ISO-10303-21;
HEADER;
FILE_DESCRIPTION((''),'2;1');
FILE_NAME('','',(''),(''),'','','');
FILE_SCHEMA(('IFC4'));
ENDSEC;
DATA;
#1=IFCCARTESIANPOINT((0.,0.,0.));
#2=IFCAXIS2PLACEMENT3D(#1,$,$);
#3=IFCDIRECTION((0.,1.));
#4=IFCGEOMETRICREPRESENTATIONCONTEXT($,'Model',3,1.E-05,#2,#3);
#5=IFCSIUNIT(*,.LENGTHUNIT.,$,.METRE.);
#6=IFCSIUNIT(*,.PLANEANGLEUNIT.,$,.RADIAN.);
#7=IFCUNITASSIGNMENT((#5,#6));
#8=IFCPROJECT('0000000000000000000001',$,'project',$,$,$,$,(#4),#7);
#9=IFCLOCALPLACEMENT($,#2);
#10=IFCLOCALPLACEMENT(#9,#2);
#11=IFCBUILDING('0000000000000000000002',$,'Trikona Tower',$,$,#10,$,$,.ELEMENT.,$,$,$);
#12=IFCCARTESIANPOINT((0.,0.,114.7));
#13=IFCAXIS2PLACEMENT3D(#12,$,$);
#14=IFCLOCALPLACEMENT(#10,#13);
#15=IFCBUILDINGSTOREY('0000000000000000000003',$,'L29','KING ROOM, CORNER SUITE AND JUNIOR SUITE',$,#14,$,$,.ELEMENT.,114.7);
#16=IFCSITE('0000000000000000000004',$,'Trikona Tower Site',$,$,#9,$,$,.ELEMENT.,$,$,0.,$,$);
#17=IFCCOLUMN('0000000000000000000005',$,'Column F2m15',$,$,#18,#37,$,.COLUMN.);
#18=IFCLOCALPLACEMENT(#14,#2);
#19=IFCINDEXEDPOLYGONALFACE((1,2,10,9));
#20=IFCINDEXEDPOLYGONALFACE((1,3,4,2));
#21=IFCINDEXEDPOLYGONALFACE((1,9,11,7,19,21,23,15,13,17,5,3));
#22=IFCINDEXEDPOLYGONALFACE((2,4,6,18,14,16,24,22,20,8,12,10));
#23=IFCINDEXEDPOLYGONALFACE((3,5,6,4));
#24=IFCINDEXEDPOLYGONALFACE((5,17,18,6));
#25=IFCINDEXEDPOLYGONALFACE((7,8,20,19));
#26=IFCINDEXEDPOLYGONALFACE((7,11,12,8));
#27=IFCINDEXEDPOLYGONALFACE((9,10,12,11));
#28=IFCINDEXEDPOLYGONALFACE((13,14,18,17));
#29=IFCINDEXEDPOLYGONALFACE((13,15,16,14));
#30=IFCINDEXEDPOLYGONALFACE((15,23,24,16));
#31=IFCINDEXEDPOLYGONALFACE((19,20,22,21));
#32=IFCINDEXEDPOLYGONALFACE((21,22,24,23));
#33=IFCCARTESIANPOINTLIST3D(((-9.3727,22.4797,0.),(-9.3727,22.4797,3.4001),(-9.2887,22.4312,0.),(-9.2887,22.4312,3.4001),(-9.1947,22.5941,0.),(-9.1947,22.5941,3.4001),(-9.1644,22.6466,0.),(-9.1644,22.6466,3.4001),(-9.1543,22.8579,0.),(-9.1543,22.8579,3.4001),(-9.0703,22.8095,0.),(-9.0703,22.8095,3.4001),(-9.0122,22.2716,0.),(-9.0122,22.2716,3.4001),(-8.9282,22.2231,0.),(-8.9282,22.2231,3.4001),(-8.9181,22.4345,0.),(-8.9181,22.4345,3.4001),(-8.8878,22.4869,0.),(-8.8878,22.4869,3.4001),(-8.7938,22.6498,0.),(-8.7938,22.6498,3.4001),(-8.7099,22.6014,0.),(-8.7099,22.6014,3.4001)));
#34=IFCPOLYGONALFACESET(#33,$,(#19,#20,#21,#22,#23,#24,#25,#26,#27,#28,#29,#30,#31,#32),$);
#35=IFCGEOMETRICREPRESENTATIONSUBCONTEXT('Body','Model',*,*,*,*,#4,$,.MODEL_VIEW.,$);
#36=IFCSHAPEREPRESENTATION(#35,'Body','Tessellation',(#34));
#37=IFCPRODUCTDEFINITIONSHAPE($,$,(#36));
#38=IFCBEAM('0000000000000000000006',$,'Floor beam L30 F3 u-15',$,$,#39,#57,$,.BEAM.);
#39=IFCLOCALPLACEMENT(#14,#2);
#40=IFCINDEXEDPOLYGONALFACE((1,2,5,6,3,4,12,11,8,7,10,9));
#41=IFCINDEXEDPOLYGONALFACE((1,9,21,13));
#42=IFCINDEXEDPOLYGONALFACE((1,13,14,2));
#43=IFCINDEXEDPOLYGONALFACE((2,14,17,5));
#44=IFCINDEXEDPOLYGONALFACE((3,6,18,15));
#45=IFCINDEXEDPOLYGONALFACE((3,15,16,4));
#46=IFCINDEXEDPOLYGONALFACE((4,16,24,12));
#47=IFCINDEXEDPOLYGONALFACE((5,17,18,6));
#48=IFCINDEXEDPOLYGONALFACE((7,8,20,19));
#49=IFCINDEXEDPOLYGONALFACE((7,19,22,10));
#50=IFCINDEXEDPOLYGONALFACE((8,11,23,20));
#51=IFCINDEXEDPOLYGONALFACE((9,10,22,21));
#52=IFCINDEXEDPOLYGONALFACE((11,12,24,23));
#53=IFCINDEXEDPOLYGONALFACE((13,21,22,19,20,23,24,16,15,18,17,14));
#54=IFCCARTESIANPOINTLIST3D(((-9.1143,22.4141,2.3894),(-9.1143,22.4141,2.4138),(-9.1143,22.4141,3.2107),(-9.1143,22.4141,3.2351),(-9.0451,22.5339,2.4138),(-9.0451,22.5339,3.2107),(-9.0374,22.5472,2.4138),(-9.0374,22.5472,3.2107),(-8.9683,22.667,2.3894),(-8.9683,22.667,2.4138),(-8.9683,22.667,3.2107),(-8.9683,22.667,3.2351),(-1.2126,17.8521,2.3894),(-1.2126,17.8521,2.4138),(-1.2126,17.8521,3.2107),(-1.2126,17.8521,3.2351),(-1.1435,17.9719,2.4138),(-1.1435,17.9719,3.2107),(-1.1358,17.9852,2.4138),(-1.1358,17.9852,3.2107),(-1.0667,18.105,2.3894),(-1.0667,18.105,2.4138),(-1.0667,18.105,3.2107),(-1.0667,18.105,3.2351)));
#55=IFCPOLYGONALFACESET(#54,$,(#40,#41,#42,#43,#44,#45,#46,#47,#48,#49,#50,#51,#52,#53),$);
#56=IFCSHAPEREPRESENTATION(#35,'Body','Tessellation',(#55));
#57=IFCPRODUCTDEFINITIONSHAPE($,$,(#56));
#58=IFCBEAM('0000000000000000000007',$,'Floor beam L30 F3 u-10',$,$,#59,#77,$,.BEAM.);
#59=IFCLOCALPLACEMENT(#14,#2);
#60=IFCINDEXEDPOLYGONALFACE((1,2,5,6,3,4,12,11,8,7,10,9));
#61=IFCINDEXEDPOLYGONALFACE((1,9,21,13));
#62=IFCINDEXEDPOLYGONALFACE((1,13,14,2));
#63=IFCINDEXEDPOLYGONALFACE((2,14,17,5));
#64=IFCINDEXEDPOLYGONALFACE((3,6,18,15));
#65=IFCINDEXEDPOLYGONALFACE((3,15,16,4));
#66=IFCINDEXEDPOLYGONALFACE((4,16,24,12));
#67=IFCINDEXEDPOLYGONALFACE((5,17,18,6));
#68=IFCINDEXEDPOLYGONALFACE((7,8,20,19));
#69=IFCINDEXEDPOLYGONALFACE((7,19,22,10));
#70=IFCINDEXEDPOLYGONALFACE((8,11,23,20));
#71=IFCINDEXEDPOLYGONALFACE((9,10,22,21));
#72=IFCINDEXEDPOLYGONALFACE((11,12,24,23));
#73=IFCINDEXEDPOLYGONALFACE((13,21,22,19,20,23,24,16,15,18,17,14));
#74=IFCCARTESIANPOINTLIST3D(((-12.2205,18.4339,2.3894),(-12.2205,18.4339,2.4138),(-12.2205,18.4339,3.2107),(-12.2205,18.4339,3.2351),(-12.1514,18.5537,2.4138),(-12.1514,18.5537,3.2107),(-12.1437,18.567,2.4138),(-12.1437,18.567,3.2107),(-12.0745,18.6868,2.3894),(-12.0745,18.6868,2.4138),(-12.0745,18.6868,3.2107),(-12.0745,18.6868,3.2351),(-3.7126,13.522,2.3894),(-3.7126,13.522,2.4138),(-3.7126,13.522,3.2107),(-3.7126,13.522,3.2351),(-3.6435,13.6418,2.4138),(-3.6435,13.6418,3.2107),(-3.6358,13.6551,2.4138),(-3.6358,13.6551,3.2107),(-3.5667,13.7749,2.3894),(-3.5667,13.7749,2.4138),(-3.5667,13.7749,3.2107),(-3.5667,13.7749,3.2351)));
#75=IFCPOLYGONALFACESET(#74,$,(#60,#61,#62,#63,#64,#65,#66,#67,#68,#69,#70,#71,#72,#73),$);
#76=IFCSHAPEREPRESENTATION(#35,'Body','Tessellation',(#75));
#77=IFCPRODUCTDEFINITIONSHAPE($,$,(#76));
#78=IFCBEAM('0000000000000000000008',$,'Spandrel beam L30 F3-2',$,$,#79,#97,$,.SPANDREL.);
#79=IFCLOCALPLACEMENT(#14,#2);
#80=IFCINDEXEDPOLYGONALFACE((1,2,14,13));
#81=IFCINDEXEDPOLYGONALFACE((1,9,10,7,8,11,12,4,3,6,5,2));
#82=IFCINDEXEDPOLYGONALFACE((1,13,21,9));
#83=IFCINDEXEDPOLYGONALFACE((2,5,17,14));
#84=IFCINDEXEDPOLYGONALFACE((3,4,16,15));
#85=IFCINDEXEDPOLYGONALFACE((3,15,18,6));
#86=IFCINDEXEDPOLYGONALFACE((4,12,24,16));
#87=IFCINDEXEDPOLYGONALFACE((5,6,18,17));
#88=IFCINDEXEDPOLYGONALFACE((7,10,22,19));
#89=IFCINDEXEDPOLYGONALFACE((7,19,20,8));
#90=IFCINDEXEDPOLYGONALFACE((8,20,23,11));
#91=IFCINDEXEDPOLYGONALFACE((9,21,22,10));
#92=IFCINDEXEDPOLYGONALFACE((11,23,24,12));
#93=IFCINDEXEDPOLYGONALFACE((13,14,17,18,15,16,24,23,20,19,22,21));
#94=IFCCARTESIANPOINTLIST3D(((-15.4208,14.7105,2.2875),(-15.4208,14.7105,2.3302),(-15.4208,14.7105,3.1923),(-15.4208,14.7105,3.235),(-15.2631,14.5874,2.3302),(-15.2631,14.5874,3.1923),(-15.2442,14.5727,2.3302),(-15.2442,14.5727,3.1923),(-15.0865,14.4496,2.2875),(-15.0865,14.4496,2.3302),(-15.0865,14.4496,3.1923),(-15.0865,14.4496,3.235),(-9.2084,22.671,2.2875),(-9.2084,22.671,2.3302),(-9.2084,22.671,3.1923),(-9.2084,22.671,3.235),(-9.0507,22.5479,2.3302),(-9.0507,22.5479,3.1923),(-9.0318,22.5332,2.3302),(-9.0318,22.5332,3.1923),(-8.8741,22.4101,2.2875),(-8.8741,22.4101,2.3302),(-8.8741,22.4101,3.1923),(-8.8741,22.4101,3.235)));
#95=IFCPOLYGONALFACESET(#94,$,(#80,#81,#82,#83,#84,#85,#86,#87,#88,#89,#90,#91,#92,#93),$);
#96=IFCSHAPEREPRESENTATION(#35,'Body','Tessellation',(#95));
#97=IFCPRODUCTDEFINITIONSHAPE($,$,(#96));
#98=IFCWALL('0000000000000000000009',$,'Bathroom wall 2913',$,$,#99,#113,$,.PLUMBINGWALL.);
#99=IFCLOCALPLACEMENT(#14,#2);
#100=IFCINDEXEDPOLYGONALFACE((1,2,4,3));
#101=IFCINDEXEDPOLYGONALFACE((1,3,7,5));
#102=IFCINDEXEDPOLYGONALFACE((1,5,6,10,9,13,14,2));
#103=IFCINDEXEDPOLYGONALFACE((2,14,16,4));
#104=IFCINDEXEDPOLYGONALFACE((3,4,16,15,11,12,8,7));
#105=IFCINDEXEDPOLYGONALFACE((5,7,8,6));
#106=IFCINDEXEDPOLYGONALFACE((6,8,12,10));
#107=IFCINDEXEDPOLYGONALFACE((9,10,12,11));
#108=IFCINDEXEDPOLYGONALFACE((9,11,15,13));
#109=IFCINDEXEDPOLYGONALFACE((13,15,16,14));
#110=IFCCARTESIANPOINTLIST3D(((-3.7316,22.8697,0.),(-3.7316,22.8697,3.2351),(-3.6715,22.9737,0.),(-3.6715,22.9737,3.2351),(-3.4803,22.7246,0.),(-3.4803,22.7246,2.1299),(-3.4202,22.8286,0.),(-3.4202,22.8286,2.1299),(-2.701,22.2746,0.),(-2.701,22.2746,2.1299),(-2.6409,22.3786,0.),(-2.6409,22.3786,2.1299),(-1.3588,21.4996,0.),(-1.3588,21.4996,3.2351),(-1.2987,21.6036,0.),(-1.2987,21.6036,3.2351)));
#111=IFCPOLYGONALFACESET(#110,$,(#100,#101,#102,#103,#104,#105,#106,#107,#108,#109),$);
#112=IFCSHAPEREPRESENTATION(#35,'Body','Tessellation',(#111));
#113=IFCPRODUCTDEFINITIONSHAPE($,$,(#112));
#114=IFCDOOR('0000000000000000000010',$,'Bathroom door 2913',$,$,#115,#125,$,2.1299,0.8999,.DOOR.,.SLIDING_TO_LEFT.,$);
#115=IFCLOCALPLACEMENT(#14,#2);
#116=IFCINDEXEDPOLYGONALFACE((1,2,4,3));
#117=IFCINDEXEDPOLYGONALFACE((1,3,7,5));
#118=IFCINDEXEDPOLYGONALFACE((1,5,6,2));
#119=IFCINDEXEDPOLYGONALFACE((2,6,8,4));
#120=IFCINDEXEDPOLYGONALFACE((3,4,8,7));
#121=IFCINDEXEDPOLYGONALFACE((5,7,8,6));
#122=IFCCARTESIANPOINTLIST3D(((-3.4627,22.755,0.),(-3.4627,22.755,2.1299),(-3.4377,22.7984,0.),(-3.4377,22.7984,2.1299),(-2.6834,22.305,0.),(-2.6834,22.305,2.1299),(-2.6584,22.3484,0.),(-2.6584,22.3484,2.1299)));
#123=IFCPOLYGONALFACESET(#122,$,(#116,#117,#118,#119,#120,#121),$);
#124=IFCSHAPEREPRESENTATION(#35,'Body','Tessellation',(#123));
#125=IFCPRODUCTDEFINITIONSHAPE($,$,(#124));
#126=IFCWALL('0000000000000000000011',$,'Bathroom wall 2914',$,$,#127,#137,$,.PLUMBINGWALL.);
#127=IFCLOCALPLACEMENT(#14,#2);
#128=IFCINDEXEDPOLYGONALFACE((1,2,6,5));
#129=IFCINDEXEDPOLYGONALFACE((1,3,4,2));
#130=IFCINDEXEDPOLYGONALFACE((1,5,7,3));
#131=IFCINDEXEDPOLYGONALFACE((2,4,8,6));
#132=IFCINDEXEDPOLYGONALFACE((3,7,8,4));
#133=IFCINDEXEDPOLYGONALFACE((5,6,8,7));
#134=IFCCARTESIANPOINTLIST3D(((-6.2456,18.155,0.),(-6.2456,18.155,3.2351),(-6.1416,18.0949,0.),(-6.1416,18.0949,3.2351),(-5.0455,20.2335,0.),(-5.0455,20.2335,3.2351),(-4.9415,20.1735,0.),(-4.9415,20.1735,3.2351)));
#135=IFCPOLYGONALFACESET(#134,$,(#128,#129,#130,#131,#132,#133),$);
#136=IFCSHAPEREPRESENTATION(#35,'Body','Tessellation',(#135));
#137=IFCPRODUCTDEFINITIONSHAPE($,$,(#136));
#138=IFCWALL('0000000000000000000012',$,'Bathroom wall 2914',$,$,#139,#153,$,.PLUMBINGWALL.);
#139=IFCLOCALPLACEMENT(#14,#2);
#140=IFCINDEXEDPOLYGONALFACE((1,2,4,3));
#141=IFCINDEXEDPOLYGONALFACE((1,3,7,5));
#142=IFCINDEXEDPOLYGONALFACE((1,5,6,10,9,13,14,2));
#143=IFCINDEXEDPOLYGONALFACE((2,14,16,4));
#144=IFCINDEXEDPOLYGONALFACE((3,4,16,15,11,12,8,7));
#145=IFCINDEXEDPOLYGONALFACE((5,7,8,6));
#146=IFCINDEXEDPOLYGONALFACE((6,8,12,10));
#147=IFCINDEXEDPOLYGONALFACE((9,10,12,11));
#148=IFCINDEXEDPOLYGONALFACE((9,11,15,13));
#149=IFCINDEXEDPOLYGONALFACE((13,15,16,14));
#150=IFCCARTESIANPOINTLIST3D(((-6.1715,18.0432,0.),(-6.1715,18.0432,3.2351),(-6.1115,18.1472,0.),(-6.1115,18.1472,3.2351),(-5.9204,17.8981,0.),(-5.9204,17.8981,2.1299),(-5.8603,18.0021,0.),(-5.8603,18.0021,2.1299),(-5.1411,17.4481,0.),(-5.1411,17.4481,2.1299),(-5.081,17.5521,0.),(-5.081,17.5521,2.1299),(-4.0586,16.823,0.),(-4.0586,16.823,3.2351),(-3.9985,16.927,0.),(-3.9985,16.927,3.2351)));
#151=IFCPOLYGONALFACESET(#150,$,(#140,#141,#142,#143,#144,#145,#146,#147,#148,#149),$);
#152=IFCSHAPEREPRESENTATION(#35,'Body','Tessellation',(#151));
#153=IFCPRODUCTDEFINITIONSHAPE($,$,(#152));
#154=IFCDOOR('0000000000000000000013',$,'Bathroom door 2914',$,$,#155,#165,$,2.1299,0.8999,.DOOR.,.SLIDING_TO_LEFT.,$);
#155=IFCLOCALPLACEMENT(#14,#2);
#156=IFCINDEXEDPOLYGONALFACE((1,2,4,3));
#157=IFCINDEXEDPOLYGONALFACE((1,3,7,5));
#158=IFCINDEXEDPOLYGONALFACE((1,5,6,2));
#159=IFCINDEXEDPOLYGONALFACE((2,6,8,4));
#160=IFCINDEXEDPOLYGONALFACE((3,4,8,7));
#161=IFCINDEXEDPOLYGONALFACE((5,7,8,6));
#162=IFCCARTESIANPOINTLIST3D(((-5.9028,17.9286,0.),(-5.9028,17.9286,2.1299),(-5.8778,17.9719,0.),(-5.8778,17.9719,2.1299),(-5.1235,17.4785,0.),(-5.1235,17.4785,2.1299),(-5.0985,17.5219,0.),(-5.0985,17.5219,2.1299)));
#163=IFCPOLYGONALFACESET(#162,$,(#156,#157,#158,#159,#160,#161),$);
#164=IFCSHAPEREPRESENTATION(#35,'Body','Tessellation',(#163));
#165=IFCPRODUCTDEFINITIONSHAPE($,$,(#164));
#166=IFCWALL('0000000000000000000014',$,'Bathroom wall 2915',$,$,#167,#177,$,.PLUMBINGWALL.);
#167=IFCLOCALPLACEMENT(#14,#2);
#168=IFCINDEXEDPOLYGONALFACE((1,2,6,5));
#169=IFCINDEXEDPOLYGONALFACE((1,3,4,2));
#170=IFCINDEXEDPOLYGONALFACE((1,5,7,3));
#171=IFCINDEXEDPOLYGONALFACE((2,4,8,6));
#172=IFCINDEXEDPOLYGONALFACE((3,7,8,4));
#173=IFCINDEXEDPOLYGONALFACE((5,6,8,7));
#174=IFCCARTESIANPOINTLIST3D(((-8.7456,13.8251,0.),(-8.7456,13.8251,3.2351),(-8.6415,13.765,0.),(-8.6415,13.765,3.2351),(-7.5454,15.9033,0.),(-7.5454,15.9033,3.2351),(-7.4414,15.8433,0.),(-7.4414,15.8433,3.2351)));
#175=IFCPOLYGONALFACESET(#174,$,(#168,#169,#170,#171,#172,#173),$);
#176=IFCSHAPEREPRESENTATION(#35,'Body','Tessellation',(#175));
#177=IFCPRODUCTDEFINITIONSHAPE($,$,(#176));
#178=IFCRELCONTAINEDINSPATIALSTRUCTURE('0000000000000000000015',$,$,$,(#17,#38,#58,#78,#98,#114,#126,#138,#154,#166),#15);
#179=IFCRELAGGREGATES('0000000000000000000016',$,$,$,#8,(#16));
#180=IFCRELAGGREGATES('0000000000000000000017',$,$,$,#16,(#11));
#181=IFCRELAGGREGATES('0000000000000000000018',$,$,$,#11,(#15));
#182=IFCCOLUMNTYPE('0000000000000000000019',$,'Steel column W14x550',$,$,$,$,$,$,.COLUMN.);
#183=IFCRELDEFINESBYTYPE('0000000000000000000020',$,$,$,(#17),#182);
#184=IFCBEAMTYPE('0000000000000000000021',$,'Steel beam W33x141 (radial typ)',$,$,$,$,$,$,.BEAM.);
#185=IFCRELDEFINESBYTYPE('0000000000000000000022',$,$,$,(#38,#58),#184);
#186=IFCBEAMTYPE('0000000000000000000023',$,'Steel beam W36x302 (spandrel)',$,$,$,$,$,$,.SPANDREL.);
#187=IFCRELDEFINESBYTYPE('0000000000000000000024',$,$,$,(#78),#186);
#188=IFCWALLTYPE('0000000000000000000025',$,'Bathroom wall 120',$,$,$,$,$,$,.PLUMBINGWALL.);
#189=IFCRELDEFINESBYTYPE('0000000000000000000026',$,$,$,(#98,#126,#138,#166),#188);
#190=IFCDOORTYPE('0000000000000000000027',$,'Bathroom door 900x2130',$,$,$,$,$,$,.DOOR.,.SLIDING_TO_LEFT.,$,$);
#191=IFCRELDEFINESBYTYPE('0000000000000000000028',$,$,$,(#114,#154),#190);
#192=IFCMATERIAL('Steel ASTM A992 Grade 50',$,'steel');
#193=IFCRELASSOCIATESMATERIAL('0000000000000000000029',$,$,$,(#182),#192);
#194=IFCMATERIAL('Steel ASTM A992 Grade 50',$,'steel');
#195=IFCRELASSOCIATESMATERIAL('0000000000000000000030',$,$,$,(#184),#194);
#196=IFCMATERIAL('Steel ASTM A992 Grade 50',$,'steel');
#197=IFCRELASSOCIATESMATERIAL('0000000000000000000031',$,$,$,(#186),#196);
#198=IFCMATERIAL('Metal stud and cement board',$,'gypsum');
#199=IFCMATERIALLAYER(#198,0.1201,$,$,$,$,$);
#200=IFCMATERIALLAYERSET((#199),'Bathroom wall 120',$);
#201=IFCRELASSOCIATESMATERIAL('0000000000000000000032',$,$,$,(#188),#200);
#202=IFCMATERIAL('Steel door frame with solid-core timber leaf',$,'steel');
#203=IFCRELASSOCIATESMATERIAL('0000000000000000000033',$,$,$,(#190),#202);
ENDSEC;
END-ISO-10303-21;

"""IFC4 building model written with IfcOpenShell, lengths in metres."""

from ifc_helpers import new_model, si_unit, direction, frame, frame_2d, origin, origin_2d, place, context, subcontext, project, spatial, rectangle, i_section, extrude, material, layer, layer_set, material_profile, profile_set, type_object, element, fill, save


model = new_model("IFC4")

# Units and contexts
model_context = context("Model", 3, precision=1e-05, world=origin(), true_north=direction((0.0, 1.0)))
body_context = subcontext(model_context, "Body", "Model", "MODEL_VIEW")
ifc_project = project(units=[si_unit("LENGTHUNIT", "METRE"), si_unit("PLANEANGLEUNIT", "RADIAN")], contexts=[model_context])

# Site, building, storey
site_placement = place(None, origin())
site = spatial("IfcSite", under=ifc_project, at=site_placement, Name="Trikona Tower Site", CompositionType="ELEMENT", RefElevation=0.0)
building_placement = place(site_placement, origin())
building = spatial("IfcBuilding", under=site, at=building_placement, Name="Trikona Tower", CompositionType="ELEMENT")
storey_placement = place(building_placement, frame((0.0, 0.0, 114.7)))
storey = spatial("IfcBuildingStorey", under=building, at=storey_placement, Name="L29", Description="KING ROOM, CORNER SUITE AND JUNIOR SUITE", CompositionType="ELEMENT", Elevation=114.7)

# Column
ifc_material_1 = material(Name="Steel ASTM A992 Grade 50", Category="steel")
ifc_material_profile_1 = material_profile(ifc_material_1, i_section(OverallWidth=0.4368, OverallDepth=0.5132, WebThickness=0.0605, FlangeThickness=0.0969, at=origin_2d()), Name="W14X550")
ifc_profile_set_1 = profile_set([ifc_material_profile_1], Name="Steel ASTM A992 Grade 50")
column_type = type_object("IfcColumnType", Name="Steel column W14x550", PredefinedType="COLUMN", material=ifc_profile_set_1)
column_placement = place(storey_placement, frame((-9.0413, 22.5405, 0.0), z_axis=(0.0, 0.0, 1.0), x_axis=(-0.5, -0.866025, 0.0)))
element("IfcColumn", 1, at=column_placement, inside=storey, type_object=column_type, Name="Column F2m15", PredefinedType="COLUMN", context=body_context, shape_type="SweptSolid", body=[
    extrude(i_section(OverallWidth=0.4368, OverallDepth=0.5132, WebThickness=0.0605, FlangeThickness=0.0969, at=origin_2d()), origin(), (0.0, 0.0, 1.0), 3.4001),
])

# Beams
ifc_material_2 = material(Name="Steel ASTM A992 Grade 50", Category="steel")
ifc_material_profile_2 = material_profile(ifc_material_2, i_section(OverallWidth=0.292, OverallDepth=0.8457, WebThickness=0.0154, FlangeThickness=0.0244, at=origin_2d()), Name="W33X141")
ifc_profile_set_2 = profile_set([ifc_material_profile_2], Name="Steel ASTM A992 Grade 50")
beam_type_1 = type_object("IfcBeamType", Name="Steel beam W33x141 (radial typ)", PredefinedType="BEAM", material=ifc_profile_set_2)
beam_1_placement = place(storey_placement, frame((-1.1396, 17.9785, 2.8123), z_axis=(-0.866025, 0.500001, 0.0), x_axis=(-0.500001, -0.866025, 0.0)))
element("IfcBeam", 2, at=beam_1_placement, inside=storey, type_object=beam_type_1, Name="Floor beam L30 F3 u-15", PredefinedType="BEAM", context=body_context, shape_type="SweptSolid", body=[
    extrude(i_section(OverallWidth=0.292, OverallDepth=0.8457, WebThickness=0.0154, FlangeThickness=0.0244, at=origin_2d()), origin(), (0.0, 0.0, 1.0), 9.124),
])
beam_2_placement = place(storey_placement, frame((-3.6396, 13.6484, 2.8123), z_axis=(-0.866031, 0.499991, 0.0), x_axis=(-0.499991, -0.866031, 0.0)))
element("IfcBeam", 3, at=beam_2_placement, inside=storey, type_object=beam_type_1, Name="Floor beam L30 F3 u-10", PredefinedType="BEAM", context=body_context, shape_type="SweptSolid", body=[
    extrude(i_section(OverallWidth=0.292, OverallDepth=0.8457, WebThickness=0.0154, FlangeThickness=0.0244, at=origin_2d()), origin(), (0.0, 0.0, 1.0), 9.824),
])
ifc_material_3 = material(Name="Steel ASTM A992 Grade 50", Category="steel")
ifc_material_profile_3 = material_profile(ifc_material_3, i_section(OverallWidth=0.4241, OverallDepth=0.9475, WebThickness=0.0239, FlangeThickness=0.0427, at=origin_2d()), Name="W36X302")
ifc_profile_set_3 = profile_set([ifc_material_profile_3], Name="Steel ASTM A992 Grade 50")
beam_type_2 = type_object("IfcBeamType", Name="Steel beam W36x302 (spandrel)", PredefinedType="SPANDREL", material=ifc_profile_set_3)
beam_3_placement = place(storey_placement, frame((-9.0413, 22.5405, 2.7612), z_axis=(-0.615232, -0.788346, 0.0), x_axis=(0.788346, -0.615232, 0.0)))
element("IfcBeam", 4, at=beam_3_placement, inside=storey, type_object=beam_type_2, Name="Spandrel beam L30 F3-2", PredefinedType="SPANDREL", context=body_context, shape_type="SweptSolid", body=[
    extrude(i_section(OverallWidth=0.4241, OverallDepth=0.9475, WebThickness=0.0239, FlangeThickness=0.0427, at=origin_2d()), origin(), (0.0, 0.0, 1.0), 10.0977),
])

# Wall, opening, door
ifc_material_4 = material(Name="Metal stud and cement board", Category="gypsum")
ifc_layer_1 = layer(ifc_material_4, 0.1201)
ifc_layer_set_1 = layer_set([ifc_layer_1], Name="Bathroom wall 120")
wall_type_1 = type_object("IfcWallType", Name="Bathroom wall 120", PredefinedType="PLUMBINGWALL", material=ifc_layer_set_1)
wall_1_placement = place(storey_placement, frame((-1.3286, 21.5515, 0.0), z_axis=(0.0, 0.0, 1.0), x_axis=(-0.865997, 0.500049, 0.0)))
wall_1 = element("IfcWall", 5, at=wall_1_placement, inside=storey, type_object=wall_type_1, Name="Bathroom wall 2913", PredefinedType="PLUMBINGWALL", context=body_context, shape_type="SweptSolid", body=[
    extrude(rectangle(XDim=2.74, YDim=0.1201, at=frame_2d((1.3701, 0.0))), origin(), (0.0, 0.0, 1.0), 3.2351),
])
opening_1_placement = place(wall_1_placement, frame((1.55, 0.0, 0.0)))
opening_1 = element("IfcOpeningElement", 6, at=opening_1_placement, cuts=wall_1, PredefinedType="OPENING", context=body_context, shape_type="SweptSolid", body=[
    extrude(rectangle(XDim=0.8999, YDim=2.1299, at=frame_2d((0.45, 1.0649))), frame((0.0, 0.0701, 0.0), z_axis=(0.0, -1.0, 0.0), x_axis=(1.0, 0.0, 0.0)), (0.0, 0.0, 1.0), 0.1401),
])
ifc_material_5 = material(Name="Steel door frame with solid-core timber leaf", Category="steel")
door_type_1 = type_object("IfcDoorType", Name="Bathroom door 900x2130", OperationType="SLIDING_TO_LEFT", PredefinedType="DOOR", material=ifc_material_5)
door_1_placement = place(opening_1_placement, origin())
door_1 = element("IfcDoor", 7, at=door_1_placement, inside=storey, type_object=door_type_1, Name="Bathroom door 2913", OperationType="SLIDING_TO_LEFT", OverallHeight=2.1299, OverallWidth=0.8999, PredefinedType="DOOR", context=body_context, shape_type="SweptSolid", body=[
    extrude(rectangle(XDim=0.8999, YDim=2.1299, at=frame_2d((0.45, 1.0649))), frame((0.0, 0.0249, 0.0), z_axis=(0.0, -1.0, 0.0), x_axis=(1.0, 0.0, 0.0)), (0.0, 0.0, 1.0), 0.05),
])
fill(opening_1, door_1)

# Wall
wall_2_placement = place(storey_placement, frame((-4.9934, 20.2036, 0.0), z_axis=(0.0, 0.0, 1.0), x_axis=(-0.500034, -0.866006, 0.0)))
element("IfcWall", 8, at=wall_2_placement, inside=storey, type_object=wall_type_1, Name="Bathroom wall 2914", PredefinedType="PLUMBINGWALL", context=body_context, shape_type="SweptSolid", body=[
    extrude(rectangle(XDim=2.4001, YDim=0.1201, at=frame_2d((1.2002, 0.0))), origin(), (0.0, 0.0, 1.0), 3.2351),
])

# Wall, opening, door
wall_3_placement = place(storey_placement, frame((-4.0286, 16.875, 0.0), z_axis=(0.0, 0.0, 1.0), x_axis=(-0.865981, 0.500078, 0.0)))
wall_3 = element("IfcWall", 9, at=wall_3_placement, inside=storey, type_object=wall_type_1, Name="Bathroom wall 2914", PredefinedType="PLUMBINGWALL", context=body_context, shape_type="SweptSolid", body=[
    extrude(rectangle(XDim=2.4399, YDim=0.1201, at=frame_2d((1.22, 0.0))), origin(), (0.0, 0.0, 1.0), 3.2351),
])
opening_2_placement = place(wall_3_placement, frame((1.25, 0.0, 0.0)))
opening_2 = element("IfcOpeningElement", 10, at=opening_2_placement, cuts=wall_3, PredefinedType="OPENING", context=body_context, shape_type="SweptSolid", body=[
    extrude(rectangle(XDim=0.8999, YDim=2.1299, at=frame_2d((0.45, 1.0649))), frame((0.0, 0.0701, 0.0), z_axis=(0.0, -1.0, 0.0), x_axis=(1.0, 0.0, 0.0)), (0.0, 0.0, 1.0), 0.1401),
])
door_2_placement = place(opening_2_placement, origin())
door_2 = element("IfcDoor", 11, at=door_2_placement, inside=storey, type_object=door_type_1, Name="Bathroom door 2914", OperationType="SLIDING_TO_LEFT", OverallHeight=2.1299, OverallWidth=0.8999, PredefinedType="DOOR", context=body_context, shape_type="SweptSolid", body=[
    extrude(rectangle(XDim=0.8999, YDim=2.1299, at=frame_2d((0.45, 1.0649))), frame((0.0, 0.0249, 0.0), z_axis=(0.0, -1.0, 0.0), x_axis=(1.0, 0.0, 0.0)), (0.0, 0.0, 1.0), 0.05),
])
fill(opening_2, door_2)

# Wall
wall_4_placement = place(storey_placement, frame((-7.4934, 15.8733, 0.0), z_axis=(0.0, 0.0, 1.0), x_axis=(-0.500078, -0.865981, 0.0)))
element("IfcWall", 12, at=wall_4_placement, inside=storey, type_object=wall_type_1, Name="Bathroom wall 2915", PredefinedType="PLUMBINGWALL", context=body_context, shape_type="SweptSolid", body=[
    extrude(rectangle(XDim=2.3999, YDim=0.1201, at=frame_2d((1.2, 0.0))), origin(), (0.0, 0.0, 1.0), 3.2351),
])

save(model, "model.ifc")
